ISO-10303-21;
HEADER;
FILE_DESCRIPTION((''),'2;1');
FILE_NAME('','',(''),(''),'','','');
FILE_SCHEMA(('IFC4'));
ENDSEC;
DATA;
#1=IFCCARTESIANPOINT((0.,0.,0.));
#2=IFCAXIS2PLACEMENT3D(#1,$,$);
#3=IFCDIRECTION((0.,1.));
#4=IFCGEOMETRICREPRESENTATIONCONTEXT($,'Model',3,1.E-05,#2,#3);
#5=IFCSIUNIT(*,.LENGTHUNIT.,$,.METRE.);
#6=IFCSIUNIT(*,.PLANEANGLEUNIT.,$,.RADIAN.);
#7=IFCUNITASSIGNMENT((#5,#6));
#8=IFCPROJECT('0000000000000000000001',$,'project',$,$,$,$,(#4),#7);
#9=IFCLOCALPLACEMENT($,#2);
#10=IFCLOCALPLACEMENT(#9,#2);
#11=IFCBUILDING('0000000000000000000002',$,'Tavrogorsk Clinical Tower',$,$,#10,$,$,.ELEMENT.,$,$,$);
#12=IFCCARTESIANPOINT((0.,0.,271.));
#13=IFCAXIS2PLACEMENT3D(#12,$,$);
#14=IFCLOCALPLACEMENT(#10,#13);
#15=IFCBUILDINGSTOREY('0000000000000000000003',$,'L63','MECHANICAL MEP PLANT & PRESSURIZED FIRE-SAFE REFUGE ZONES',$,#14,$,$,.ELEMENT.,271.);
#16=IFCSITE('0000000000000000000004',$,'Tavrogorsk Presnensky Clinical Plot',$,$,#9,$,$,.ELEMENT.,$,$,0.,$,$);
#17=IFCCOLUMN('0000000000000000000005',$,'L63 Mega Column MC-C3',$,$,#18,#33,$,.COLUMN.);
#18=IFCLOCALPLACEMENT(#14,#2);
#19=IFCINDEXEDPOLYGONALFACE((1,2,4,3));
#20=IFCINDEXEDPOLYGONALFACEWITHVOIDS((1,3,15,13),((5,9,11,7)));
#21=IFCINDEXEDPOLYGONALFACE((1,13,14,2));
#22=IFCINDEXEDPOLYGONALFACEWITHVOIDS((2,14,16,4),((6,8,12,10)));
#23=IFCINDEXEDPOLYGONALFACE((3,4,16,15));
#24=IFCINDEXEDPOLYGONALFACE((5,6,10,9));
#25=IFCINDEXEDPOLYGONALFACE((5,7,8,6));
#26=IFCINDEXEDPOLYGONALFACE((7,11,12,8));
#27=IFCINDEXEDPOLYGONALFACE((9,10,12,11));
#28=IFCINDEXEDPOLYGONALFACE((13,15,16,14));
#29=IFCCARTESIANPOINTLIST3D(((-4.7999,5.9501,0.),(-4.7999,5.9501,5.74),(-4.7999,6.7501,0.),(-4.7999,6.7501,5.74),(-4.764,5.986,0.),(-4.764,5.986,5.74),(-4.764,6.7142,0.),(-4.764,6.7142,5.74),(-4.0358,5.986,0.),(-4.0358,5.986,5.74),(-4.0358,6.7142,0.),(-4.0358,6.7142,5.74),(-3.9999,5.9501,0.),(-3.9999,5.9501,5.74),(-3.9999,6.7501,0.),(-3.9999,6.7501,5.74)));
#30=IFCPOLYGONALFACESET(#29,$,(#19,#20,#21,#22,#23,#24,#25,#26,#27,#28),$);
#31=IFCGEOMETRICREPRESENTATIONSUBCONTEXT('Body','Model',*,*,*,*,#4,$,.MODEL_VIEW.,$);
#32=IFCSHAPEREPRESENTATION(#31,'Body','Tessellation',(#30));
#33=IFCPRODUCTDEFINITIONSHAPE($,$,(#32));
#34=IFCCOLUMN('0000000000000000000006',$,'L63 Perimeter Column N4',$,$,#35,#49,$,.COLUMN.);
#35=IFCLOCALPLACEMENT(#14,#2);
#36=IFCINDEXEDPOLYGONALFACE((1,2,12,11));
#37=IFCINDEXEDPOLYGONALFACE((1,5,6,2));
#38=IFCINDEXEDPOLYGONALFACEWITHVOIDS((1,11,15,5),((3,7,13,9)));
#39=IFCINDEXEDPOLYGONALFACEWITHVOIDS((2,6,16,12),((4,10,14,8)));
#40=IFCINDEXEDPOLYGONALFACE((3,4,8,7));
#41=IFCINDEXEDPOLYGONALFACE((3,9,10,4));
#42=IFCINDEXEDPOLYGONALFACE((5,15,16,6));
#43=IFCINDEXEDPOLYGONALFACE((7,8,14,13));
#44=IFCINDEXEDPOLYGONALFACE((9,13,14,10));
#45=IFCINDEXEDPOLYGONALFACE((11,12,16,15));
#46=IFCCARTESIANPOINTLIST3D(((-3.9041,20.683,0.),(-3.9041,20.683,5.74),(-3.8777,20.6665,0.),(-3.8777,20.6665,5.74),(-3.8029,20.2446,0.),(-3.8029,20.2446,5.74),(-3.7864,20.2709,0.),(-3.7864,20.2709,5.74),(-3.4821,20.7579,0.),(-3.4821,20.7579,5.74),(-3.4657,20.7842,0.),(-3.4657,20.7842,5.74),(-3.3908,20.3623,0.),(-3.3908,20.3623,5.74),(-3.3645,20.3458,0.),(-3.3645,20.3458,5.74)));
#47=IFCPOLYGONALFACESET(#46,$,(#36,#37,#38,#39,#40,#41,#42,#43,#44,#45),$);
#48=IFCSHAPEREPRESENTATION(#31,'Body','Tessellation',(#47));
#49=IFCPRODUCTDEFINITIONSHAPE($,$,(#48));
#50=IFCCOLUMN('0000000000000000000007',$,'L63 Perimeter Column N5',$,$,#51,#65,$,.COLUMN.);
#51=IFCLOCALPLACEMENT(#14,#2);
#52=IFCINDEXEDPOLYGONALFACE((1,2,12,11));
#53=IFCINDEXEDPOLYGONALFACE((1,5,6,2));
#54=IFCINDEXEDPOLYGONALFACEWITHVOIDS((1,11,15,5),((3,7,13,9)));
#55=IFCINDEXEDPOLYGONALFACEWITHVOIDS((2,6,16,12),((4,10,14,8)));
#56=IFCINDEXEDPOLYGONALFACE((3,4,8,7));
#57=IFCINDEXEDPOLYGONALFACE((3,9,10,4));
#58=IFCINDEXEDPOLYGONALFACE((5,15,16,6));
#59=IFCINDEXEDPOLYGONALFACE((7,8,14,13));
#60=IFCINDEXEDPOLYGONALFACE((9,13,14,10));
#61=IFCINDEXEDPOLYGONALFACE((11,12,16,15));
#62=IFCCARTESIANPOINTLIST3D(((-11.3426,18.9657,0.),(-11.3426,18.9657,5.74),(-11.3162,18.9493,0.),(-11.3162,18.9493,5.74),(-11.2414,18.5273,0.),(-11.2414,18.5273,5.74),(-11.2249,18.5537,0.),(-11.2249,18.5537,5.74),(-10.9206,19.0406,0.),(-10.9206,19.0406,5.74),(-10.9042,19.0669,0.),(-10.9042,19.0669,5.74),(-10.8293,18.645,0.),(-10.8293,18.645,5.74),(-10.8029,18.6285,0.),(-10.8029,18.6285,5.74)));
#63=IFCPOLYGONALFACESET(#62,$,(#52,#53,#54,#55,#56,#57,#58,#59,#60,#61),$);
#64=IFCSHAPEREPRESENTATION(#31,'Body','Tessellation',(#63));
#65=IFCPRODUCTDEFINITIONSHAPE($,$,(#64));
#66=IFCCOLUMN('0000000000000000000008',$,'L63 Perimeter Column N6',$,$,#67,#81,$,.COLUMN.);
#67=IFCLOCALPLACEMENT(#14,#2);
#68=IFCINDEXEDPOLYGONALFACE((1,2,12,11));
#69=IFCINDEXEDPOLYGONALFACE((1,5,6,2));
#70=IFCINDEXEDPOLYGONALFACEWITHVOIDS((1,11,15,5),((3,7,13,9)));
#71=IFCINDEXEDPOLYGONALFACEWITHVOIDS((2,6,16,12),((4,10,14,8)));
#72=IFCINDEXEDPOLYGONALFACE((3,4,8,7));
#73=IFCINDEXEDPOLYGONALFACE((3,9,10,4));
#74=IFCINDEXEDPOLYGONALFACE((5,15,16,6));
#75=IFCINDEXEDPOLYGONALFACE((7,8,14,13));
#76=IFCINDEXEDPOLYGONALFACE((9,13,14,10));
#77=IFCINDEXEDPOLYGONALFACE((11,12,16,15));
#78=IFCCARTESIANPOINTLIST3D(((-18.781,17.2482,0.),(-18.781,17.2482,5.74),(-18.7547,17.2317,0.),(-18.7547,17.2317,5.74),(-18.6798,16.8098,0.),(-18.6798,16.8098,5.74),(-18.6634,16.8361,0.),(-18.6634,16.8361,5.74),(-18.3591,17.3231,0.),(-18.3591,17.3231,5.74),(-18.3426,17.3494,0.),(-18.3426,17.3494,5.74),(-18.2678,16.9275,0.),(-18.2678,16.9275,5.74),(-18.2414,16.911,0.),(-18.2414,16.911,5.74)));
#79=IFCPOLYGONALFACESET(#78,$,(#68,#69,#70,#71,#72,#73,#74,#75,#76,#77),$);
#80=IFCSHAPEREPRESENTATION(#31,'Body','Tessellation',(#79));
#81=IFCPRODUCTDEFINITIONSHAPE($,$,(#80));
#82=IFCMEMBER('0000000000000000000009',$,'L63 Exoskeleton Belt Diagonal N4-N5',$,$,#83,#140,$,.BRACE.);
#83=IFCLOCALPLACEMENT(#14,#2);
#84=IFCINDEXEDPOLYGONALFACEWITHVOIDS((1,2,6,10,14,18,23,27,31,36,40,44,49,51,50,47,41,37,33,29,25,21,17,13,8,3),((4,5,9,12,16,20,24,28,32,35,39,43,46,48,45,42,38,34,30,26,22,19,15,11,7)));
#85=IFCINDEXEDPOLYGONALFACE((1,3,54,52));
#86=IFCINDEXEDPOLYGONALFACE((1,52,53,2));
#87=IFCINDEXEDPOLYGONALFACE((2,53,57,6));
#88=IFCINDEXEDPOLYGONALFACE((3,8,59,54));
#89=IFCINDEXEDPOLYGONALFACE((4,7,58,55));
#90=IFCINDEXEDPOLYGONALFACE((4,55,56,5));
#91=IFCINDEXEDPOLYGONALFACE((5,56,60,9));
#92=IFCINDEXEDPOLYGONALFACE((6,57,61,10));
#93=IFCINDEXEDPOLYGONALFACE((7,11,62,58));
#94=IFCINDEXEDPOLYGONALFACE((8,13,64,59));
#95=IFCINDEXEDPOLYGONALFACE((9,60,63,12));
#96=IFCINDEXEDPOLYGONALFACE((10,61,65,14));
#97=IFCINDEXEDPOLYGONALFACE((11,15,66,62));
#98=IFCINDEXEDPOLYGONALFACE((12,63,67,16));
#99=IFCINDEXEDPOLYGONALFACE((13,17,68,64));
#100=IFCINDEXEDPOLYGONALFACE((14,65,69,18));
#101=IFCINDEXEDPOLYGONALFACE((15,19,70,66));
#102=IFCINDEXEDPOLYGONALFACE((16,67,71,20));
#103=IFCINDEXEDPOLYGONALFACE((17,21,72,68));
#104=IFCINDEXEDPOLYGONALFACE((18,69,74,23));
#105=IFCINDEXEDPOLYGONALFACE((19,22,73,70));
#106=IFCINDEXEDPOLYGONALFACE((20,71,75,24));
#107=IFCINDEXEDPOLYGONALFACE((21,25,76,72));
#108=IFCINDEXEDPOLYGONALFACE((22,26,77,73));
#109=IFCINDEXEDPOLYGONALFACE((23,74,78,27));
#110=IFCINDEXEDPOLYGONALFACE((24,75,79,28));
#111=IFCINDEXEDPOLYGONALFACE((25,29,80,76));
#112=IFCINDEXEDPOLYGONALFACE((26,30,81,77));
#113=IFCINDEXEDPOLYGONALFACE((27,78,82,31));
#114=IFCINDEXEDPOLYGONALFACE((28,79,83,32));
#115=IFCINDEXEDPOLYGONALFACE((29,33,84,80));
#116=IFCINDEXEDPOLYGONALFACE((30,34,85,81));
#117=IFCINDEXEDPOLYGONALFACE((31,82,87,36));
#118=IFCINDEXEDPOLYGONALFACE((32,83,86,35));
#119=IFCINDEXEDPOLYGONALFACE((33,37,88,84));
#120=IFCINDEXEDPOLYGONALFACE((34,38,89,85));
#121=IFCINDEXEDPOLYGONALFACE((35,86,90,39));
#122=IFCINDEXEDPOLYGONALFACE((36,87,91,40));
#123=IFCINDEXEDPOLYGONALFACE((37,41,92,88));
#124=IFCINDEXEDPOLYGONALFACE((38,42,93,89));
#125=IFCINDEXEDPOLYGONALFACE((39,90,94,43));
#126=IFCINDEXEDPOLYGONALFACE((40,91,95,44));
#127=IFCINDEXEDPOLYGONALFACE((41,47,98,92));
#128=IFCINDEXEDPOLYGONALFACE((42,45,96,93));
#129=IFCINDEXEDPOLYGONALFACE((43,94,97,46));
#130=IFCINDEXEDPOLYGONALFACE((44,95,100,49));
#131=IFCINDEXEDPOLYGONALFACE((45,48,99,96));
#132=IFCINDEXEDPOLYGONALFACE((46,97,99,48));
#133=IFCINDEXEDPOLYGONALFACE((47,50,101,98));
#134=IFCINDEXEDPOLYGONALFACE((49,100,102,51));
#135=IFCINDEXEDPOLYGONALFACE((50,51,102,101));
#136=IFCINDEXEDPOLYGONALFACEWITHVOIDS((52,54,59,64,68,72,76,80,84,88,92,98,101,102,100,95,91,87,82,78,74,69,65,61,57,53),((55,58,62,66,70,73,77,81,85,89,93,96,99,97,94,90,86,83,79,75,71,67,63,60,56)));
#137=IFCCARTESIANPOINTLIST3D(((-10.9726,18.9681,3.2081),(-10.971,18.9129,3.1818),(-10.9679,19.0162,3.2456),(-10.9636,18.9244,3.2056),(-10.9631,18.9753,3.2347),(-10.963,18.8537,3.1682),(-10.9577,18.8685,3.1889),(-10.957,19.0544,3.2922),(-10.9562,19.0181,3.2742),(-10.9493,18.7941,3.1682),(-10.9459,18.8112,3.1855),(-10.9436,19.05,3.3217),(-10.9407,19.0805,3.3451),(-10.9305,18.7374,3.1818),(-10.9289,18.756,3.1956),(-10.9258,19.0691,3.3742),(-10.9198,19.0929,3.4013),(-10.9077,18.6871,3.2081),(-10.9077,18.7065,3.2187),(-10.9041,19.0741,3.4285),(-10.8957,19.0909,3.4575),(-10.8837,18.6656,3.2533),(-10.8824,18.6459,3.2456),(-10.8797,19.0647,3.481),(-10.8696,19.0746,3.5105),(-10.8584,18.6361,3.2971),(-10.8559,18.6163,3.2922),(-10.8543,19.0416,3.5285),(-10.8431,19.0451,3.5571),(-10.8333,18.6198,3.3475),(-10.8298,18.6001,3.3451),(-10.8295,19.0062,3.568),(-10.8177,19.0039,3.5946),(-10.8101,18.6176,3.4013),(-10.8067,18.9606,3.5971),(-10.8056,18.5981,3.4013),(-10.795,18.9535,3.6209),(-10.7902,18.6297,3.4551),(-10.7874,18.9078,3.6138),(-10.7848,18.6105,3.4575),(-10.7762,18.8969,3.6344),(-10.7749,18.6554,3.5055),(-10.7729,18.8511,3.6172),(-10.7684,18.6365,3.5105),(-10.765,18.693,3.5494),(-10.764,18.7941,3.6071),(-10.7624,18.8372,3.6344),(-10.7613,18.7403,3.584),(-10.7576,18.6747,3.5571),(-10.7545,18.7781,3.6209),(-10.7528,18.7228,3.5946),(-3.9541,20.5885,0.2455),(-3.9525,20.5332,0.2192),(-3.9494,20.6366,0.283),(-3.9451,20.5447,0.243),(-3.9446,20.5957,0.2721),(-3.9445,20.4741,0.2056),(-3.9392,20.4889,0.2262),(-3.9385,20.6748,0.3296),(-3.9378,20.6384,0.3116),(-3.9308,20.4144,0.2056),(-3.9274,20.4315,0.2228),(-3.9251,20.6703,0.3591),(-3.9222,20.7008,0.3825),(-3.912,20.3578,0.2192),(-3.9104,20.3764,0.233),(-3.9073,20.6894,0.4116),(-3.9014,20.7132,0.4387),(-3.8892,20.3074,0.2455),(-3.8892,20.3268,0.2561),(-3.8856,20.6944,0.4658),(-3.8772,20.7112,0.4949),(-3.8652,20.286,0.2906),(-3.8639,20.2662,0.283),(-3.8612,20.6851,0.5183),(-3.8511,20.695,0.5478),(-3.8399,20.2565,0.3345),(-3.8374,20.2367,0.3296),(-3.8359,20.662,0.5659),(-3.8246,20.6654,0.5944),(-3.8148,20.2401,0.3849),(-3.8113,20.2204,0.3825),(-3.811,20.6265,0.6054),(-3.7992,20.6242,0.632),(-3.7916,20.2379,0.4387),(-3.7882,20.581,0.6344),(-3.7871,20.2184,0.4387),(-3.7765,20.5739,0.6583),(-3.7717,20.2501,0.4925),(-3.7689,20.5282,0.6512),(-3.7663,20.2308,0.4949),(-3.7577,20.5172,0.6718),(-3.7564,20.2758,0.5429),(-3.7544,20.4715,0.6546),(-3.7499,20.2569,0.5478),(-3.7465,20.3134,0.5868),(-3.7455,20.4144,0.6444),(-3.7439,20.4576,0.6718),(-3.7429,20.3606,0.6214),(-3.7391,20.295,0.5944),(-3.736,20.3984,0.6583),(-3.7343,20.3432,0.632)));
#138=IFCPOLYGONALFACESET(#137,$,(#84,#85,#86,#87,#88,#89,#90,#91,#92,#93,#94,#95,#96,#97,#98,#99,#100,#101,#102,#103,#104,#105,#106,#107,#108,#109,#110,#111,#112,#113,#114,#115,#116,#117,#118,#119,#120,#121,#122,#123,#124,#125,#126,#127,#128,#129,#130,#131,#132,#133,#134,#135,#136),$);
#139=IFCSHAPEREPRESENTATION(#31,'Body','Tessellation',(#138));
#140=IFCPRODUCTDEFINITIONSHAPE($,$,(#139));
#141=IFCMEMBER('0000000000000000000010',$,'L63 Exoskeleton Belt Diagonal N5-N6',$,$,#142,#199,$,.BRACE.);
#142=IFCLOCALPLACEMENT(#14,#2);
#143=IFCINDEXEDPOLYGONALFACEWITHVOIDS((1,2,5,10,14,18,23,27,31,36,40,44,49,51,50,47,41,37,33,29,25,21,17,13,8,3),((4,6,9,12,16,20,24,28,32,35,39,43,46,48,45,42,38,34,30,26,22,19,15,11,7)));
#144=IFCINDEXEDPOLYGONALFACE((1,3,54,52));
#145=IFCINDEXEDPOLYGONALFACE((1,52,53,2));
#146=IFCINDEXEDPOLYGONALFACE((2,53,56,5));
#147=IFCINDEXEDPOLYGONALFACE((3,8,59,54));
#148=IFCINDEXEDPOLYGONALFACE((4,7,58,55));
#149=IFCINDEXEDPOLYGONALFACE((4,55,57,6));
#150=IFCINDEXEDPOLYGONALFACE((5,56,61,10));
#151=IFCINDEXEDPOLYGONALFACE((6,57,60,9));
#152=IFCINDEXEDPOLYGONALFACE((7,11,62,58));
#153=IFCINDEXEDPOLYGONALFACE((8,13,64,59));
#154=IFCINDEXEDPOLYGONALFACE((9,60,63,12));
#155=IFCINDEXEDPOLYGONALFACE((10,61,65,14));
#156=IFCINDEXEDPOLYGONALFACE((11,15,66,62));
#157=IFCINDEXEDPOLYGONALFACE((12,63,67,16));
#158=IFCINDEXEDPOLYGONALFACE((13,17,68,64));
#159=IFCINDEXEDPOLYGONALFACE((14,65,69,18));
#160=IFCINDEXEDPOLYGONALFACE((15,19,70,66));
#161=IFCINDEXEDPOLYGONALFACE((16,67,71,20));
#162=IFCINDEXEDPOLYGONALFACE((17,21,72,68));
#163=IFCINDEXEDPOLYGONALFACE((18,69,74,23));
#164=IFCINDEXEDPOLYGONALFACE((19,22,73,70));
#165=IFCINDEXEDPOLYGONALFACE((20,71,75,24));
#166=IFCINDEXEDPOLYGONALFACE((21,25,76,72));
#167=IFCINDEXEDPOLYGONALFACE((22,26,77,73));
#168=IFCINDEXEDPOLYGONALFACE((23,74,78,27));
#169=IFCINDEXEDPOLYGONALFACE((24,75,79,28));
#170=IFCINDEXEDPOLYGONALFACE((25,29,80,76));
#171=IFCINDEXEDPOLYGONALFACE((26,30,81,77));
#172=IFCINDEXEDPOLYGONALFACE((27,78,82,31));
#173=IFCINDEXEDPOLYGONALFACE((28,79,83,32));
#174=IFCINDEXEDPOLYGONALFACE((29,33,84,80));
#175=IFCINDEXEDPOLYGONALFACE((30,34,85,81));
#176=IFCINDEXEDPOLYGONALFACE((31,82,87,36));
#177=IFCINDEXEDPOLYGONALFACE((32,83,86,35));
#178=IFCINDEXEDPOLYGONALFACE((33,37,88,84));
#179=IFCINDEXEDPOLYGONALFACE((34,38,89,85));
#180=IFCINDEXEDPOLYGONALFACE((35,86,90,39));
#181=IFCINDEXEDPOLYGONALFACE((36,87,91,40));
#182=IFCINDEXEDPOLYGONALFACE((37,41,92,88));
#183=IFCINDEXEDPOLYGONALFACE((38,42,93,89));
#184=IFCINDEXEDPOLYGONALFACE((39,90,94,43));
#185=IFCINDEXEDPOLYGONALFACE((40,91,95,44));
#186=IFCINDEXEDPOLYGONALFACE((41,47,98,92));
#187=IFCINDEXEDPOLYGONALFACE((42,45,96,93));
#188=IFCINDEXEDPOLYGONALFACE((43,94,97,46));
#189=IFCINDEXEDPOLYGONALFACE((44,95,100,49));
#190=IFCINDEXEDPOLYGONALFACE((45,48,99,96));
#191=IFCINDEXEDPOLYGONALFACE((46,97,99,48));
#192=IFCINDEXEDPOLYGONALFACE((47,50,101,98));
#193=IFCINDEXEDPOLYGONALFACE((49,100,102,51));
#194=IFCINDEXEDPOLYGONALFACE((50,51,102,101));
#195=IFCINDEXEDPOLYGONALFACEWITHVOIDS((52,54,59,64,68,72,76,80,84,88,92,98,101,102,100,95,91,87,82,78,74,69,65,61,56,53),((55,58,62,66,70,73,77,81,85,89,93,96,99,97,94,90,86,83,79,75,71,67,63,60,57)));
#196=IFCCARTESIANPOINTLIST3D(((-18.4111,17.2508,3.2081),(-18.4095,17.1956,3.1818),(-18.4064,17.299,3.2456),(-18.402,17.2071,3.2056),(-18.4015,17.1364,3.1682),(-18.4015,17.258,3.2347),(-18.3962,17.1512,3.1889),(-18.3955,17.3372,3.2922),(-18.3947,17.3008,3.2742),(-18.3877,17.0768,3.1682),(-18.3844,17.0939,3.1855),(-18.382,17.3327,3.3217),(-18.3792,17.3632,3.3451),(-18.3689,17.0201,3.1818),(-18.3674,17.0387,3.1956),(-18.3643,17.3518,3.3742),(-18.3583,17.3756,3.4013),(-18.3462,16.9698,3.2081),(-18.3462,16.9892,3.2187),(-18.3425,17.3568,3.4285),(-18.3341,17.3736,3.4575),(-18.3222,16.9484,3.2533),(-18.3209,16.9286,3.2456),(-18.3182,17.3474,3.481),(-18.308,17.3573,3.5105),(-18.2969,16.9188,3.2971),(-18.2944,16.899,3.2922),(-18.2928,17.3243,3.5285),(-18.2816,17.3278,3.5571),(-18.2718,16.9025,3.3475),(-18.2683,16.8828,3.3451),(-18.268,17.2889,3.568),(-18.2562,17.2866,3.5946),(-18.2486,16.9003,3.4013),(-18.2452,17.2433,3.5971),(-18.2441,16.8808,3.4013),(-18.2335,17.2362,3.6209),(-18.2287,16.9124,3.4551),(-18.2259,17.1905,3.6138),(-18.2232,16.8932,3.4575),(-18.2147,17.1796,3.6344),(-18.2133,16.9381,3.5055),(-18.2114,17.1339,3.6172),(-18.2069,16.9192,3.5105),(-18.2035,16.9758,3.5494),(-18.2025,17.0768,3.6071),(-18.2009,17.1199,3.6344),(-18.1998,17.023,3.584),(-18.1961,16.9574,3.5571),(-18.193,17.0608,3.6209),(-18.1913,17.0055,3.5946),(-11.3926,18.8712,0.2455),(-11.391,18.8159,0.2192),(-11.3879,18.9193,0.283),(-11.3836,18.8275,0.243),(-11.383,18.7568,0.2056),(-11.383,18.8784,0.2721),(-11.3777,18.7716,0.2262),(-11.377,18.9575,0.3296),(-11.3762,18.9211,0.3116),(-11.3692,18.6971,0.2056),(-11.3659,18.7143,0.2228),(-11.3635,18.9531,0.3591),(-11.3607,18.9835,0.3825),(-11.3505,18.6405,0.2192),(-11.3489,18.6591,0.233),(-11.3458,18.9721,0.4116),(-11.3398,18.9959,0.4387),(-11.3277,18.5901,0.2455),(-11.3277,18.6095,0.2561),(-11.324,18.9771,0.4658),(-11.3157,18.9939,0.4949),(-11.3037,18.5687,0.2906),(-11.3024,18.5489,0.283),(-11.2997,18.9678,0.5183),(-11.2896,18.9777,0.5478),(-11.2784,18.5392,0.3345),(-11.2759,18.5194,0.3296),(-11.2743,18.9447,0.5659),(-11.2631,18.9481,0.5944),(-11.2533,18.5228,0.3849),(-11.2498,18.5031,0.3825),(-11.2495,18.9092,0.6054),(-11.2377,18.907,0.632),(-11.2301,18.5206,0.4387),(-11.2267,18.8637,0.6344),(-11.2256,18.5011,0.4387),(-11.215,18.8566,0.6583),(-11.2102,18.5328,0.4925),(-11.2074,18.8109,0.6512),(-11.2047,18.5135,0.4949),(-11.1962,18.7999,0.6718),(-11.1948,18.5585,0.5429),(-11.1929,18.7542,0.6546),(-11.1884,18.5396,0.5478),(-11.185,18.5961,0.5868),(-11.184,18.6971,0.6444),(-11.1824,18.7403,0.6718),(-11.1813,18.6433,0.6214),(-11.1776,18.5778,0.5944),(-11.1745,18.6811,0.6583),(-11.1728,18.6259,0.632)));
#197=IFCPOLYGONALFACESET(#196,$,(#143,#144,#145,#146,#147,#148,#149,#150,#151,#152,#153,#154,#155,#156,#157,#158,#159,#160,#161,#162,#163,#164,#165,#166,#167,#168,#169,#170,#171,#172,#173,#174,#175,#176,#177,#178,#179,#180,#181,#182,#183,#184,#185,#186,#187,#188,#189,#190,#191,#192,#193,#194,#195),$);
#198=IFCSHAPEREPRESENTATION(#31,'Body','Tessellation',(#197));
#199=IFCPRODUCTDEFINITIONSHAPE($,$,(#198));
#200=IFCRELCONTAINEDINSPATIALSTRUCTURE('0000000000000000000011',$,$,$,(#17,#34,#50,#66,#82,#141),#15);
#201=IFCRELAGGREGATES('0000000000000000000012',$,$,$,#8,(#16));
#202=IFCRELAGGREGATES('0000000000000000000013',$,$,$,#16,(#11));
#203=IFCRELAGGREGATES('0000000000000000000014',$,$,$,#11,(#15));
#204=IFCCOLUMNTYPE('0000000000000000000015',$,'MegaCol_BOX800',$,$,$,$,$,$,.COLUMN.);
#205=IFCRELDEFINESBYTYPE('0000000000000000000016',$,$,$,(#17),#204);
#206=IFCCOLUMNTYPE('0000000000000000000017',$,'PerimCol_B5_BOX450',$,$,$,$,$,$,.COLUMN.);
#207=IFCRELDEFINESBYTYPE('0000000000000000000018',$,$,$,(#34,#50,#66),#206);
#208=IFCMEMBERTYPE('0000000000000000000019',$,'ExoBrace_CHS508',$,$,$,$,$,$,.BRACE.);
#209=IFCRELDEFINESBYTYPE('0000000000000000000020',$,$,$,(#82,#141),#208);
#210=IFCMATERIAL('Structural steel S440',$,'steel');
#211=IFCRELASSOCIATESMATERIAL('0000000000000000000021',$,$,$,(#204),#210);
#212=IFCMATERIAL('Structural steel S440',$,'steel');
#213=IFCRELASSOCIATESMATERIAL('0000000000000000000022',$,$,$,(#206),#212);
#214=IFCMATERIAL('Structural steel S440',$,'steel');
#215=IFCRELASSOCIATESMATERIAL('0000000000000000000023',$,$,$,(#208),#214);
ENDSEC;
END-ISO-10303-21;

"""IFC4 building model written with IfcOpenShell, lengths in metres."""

from ifc_helpers import new_model, si_unit, direction, frame, origin, origin_2d, place, context, subcontext, project, spatial, hollow_rectangle, hollow_circle, extrude, material, material_profile, profile_set, type_object, element, save


model = new_model("IFC4")

# Units and contexts
model_context = context("Model", 3, precision=1e-05, world=origin(), true_north=direction((0.0, 1.0)))
body_context = subcontext(model_context, "Body", "Model", "MODEL_VIEW")
ifc_project = project(units=[si_unit("LENGTHUNIT", "METRE"), si_unit("PLANEANGLEUNIT", "RADIAN")], contexts=[model_context])

# Site, building, storey
site_placement = place(None, origin())
site = spatial("IfcSite", under=ifc_project, at=site_placement, Name="Tavrogorsk Presnensky Clinical Plot", CompositionType="ELEMENT", RefElevation=0.0)
building_placement = place(site_placement, origin())
building = spatial("IfcBuilding", under=site, at=building_placement, Name="Tavrogorsk Clinical Tower", CompositionType="ELEMENT")
storey_placement = place(building_placement, frame((0.0, 0.0, 271.0)))
storey = spatial("IfcBuildingStorey", under=building, at=storey_placement, Name="L63", Description="MECHANICAL MEP PLANT & PRESSURIZED FIRE-SAFE REFUGE ZONES", CompositionType="ELEMENT", Elevation=271.0)

# Columns
ifc_material_1 = material(Name="Structural steel S440", Category="steel")
ifc_material_profile_1 = material_profile(ifc_material_1, hollow_rectangle(XDim=0.8, YDim=0.8, WallThickness=0.0359, at=origin_2d()), Name="BOX-800x800x36")
ifc_profile_set_1 = profile_set([ifc_material_profile_1], Name="Structural steel S440")
column_type_1 = type_object("IfcColumnType", Name="MegaCol_BOX800", PredefinedType="COLUMN", material=ifc_profile_set_1)
column_placement = place(storey_placement, frame((-4.3999, 6.3501, 0.0), z_axis=(0.0, 0.0, 1.0), x_axis=(1.0, 0.0, 0.0)))
element("IfcColumn", 1, at=column_placement, inside=storey, type_object=column_type_1, Name="L63 Mega Column MC-C3", PredefinedType="COLUMN", context=body_context, shape_type="SweptSolid", body=[
    extrude(hollow_rectangle(XDim=0.8, YDim=0.8, WallThickness=0.0359, at=origin_2d()), origin(), (0.0, 0.0, 1.0), 5.74),
])
ifc_material_2 = material(Name="Structural steel S440", Category="steel")
ifc_material_profile_2 = material_profile(ifc_material_2, hollow_rectangle(XDim=0.45, YDim=0.45, WallThickness=0.022, at=origin_2d()), Name="BOX-450x450x22")
ifc_profile_set_2 = profile_set([ifc_material_profile_2], Name="Structural steel S440")
column_type_2 = type_object("IfcColumnType", Name="PerimCol_B5_BOX450", PredefinedType="COLUMN", material=ifc_profile_set_2)
for number, where, z_axis, x_axis, name in (
    (2, (-3.6343, 20.5144, 0.0), (0.0, 0.0, 1.0), (0.97437, 0.224951, 0.0), "L63 Perimeter Column N4"),
    (3, (-11.0728, 18.7971, 0.0), (0.0, 0.0, 1.0), (0.97437, 0.224951, 0.0), "L63 Perimeter Column N5"),
    (4, (-18.5112, 17.0796, 0.0), (0.0, 0.0, 1.0), (0.97437, 0.224951, 0.0), "L63 Perimeter Column N6"),
):
    element("IfcColumn", number, at=place(storey_placement, frame(where, z_axis=z_axis, x_axis=x_axis)), inside=storey, type_object=column_type_2, Name=name, PredefinedType="COLUMN", context=body_context, shape_type="SweptSolid", body=[
        extrude(hollow_rectangle(XDim=0.45, YDim=0.45, WallThickness=0.022, at=origin_2d()), origin(), (0.0, 0.0, 1.0), 5.74),
    ])

# Members
ifc_material_3 = material(Name="Structural steel S440", Category="steel")
ifc_material_profile_3 = material_profile(ifc_material_3, hollow_circle(Radius=0.2539, WallThickness=0.02, at=origin_2d()), Name="CHS-508x20")
ifc_profile_set_3 = profile_set([ifc_material_profile_3], Name="Structural steel S440")
member_type = type_object("IfcMemberType", Name="ExoBrace_CHS508", PredefinedType="BRACE", material=ifc_profile_set_3)
for number, where, z_axis, x_axis, name in (
    (5, (-3.8442, 20.4658, 0.4387), (-0.901127, -0.208042, 0.38038), (0.224951, -0.97437, 0.0), "L63 Exoskeleton Belt Diagonal N4-N5"),
    (6, (-11.2827, 18.7485, 0.4387), (-0.901127, -0.208042, 0.38038), (0.224951, -0.97437, 0.0), "L63 Exoskeleton Belt Diagonal N5-N6"),
):
    element("IfcMember", number, at=place(storey_placement, frame(where, z_axis=z_axis, x_axis=x_axis)), inside=storey, type_object=member_type, Name=name, PredefinedType="BRACE", context=body_context, shape_type="SweptSolid", body=[
        extrude(hollow_circle(Radius=0.2539, WallThickness=0.02, at=origin_2d()), origin(), (0.0, 0.0, 1.0), 7.7886),
    ])

save(model, "model.ifc")
